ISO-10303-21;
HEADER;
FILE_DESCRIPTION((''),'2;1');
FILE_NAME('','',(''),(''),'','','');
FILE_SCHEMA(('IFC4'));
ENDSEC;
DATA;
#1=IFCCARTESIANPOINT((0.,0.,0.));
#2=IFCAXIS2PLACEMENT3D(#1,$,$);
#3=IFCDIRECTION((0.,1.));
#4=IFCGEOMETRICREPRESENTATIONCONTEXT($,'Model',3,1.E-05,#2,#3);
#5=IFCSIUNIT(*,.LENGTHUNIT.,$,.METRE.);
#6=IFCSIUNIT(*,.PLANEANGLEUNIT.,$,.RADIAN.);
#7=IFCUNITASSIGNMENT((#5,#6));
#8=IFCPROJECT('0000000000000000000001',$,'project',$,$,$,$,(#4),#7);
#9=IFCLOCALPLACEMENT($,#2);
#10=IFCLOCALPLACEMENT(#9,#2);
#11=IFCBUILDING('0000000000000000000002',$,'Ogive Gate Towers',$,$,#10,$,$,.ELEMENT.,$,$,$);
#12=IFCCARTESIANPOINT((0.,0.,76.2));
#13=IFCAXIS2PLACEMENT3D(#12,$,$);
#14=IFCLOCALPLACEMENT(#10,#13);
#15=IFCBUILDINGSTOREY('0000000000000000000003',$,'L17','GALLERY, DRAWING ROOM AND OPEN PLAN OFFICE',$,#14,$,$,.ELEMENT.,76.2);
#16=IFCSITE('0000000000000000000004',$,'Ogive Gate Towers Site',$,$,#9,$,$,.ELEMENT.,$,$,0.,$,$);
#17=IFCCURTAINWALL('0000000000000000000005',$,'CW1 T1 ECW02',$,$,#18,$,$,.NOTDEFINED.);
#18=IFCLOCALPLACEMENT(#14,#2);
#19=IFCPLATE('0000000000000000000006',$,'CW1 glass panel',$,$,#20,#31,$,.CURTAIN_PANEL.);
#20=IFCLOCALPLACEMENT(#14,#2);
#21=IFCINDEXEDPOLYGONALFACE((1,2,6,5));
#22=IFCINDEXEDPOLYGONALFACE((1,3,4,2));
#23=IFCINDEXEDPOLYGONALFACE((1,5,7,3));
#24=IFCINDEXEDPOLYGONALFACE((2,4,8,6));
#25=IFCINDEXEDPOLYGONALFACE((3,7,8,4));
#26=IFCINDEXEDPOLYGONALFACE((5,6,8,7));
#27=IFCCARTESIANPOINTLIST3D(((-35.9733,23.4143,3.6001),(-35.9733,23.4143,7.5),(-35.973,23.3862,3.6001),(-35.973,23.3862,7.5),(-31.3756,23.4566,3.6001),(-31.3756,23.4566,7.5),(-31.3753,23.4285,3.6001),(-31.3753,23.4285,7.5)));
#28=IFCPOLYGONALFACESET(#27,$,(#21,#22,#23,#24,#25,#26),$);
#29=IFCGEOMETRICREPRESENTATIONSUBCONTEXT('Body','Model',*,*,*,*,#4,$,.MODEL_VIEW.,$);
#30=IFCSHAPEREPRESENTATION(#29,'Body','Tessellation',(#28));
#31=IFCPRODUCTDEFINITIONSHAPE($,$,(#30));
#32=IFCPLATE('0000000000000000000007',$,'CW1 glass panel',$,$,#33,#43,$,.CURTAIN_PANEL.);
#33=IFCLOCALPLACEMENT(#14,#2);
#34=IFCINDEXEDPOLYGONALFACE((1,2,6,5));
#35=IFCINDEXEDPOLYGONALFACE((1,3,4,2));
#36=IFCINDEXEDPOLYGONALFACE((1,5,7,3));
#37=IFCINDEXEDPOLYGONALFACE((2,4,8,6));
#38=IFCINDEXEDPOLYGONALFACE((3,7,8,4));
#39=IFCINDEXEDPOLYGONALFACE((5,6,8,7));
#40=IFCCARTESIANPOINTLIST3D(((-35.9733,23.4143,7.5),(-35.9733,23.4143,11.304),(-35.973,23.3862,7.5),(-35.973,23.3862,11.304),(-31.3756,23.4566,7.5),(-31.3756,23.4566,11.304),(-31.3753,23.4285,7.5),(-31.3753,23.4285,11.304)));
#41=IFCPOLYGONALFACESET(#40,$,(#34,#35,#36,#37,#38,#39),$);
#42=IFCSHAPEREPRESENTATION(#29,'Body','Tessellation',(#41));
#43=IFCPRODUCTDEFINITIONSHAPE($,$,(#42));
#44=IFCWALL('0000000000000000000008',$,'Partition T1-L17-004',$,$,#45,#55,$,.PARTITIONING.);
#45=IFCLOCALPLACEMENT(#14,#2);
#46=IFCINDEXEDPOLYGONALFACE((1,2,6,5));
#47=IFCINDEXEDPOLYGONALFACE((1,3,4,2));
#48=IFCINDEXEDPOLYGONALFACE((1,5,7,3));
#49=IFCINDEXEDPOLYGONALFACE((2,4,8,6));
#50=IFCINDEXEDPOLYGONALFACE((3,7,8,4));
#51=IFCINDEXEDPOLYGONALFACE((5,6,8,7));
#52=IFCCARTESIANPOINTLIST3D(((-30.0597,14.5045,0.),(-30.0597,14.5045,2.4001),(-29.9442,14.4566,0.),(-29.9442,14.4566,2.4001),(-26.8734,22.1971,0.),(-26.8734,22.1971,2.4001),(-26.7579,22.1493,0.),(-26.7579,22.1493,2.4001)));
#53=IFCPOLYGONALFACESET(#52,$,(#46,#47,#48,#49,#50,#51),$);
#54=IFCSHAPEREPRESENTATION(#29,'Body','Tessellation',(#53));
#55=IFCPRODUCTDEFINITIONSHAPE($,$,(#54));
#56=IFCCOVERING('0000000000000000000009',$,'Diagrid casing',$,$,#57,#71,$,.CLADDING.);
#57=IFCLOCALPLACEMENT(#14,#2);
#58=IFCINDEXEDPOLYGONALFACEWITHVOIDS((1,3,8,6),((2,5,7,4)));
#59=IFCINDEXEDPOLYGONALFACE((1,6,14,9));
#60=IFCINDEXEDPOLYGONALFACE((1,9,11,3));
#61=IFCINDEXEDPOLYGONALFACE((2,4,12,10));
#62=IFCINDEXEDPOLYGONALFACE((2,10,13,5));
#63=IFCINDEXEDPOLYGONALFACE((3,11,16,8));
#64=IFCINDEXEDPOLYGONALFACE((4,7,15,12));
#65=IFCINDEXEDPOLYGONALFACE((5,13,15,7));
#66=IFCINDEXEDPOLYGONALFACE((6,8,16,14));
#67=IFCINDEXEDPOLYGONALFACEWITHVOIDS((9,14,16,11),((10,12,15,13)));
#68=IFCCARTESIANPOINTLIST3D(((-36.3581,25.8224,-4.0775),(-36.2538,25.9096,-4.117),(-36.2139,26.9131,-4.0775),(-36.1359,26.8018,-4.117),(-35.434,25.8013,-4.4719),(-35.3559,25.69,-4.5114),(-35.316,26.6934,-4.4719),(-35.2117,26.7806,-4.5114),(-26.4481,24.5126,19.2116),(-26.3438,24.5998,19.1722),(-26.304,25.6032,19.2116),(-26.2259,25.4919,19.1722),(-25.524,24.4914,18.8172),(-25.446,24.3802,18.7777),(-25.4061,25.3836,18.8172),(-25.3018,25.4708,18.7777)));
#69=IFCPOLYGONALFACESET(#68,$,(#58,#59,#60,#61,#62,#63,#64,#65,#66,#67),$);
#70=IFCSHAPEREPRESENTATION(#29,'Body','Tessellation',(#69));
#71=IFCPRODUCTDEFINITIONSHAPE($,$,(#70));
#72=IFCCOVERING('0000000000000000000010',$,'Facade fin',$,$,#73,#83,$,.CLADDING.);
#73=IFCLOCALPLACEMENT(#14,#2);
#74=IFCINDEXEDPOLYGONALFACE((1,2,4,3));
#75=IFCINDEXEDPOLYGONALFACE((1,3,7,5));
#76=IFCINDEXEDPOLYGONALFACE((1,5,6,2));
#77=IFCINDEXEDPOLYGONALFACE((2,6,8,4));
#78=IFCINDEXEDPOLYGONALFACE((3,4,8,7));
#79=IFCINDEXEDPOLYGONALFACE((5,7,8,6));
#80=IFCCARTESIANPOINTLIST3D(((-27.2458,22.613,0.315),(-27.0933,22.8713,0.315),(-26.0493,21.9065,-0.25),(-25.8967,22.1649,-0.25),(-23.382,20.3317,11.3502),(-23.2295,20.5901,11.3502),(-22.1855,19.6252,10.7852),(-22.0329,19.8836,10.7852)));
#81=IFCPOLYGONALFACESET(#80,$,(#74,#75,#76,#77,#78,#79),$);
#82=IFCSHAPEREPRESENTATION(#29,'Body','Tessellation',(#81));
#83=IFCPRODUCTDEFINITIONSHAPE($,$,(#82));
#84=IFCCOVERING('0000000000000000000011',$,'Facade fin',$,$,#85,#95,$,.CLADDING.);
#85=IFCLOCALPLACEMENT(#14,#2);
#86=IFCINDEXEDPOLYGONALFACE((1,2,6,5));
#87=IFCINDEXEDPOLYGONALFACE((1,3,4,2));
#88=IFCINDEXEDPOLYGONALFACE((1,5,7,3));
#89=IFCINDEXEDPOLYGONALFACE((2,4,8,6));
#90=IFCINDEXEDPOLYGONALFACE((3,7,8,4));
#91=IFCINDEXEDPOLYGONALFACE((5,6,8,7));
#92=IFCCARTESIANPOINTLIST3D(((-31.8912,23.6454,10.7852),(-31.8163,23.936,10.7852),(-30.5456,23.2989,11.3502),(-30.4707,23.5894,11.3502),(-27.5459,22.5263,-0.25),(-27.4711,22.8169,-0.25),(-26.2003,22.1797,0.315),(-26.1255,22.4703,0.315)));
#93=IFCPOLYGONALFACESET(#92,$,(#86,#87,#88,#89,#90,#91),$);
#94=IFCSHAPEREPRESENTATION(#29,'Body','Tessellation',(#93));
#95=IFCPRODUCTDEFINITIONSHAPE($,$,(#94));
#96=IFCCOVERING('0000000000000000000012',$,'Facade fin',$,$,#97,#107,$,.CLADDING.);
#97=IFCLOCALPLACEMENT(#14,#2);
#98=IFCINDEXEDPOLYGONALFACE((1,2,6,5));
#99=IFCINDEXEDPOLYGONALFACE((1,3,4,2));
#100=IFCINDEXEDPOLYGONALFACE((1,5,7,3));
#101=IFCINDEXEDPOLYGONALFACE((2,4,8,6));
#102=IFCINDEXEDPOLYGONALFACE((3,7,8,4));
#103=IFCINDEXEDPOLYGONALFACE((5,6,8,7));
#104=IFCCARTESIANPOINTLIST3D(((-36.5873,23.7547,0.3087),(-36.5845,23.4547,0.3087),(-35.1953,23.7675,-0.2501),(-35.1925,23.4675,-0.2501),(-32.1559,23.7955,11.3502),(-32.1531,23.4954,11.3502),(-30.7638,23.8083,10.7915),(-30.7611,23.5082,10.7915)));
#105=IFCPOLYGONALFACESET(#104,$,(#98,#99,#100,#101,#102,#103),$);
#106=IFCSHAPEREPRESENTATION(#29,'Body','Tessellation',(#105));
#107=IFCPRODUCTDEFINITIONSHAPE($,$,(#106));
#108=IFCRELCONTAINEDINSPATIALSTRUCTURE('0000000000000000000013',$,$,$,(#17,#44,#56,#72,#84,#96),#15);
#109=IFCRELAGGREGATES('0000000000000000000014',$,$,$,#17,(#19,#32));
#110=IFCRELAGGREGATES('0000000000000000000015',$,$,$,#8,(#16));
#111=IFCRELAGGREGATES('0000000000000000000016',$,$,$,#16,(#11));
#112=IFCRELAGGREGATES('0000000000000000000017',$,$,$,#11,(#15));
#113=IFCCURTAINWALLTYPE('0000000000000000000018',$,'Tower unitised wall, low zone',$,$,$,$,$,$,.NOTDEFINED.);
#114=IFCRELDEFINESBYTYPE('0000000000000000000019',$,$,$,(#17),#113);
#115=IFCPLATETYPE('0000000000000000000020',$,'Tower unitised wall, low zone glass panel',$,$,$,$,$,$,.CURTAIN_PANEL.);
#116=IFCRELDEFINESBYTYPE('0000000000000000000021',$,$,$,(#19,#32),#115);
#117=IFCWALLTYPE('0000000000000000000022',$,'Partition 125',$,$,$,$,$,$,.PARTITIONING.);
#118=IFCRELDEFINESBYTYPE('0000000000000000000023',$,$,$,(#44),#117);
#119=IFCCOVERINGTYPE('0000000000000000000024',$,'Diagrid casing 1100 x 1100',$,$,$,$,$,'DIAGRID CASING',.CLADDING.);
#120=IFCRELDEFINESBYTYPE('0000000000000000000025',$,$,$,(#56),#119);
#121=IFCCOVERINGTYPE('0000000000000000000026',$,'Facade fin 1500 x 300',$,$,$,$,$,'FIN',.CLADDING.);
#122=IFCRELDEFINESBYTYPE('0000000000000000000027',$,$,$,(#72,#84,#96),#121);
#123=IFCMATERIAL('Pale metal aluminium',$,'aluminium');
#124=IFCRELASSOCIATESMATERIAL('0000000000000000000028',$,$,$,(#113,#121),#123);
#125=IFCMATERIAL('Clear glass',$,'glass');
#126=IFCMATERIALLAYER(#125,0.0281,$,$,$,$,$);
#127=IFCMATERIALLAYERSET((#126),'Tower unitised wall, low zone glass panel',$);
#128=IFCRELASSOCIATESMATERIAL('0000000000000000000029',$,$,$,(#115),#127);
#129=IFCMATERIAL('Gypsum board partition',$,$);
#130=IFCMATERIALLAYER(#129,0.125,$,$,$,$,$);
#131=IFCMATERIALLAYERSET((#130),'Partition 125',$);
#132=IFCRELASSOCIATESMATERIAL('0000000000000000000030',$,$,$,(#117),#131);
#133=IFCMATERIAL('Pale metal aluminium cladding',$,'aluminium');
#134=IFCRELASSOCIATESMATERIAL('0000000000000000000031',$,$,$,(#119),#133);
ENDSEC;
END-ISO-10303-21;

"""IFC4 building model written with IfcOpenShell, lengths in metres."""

from ifc_helpers import new_model, si_unit, direction, frame, frame_2d, origin, origin_2d, place, context, subcontext, project, spatial, rectangle, hollow_rectangle, extrude, material, layer, layer_set, material_profile, profile_set, type_object, element, aggregate, save


model = new_model("IFC4")

# Units and contexts
model_context = context("Model", 3, precision=1e-05, world=origin(), true_north=direction((0.0, 1.0)))
body_context = subcontext(model_context, "Body", "Model", "MODEL_VIEW")
ifc_project = project(units=[si_unit("LENGTHUNIT", "METRE"), si_unit("PLANEANGLEUNIT", "RADIAN")], contexts=[model_context])

# Site, building, storey
site_placement = place(None, origin())
site = spatial("IfcSite", under=ifc_project, at=site_placement, Name="Ogive Gate Towers Site", CompositionType="ELEMENT", RefElevation=0.0)
building_placement = place(site_placement, origin())
building = spatial("IfcBuilding", under=site, at=building_placement, Name="Ogive Gate Towers", CompositionType="ELEMENT")
storey_placement = place(building_placement, frame((0.0, 0.0, 76.2)))
storey = spatial("IfcBuildingStorey", under=building, at=storey_placement, Name="L17", Description="GALLERY, DRAWING ROOM AND OPEN PLAN OFFICE", CompositionType="ELEMENT", Elevation=76.2)

# Curtain wall, plates
ifc_material_1 = material(Name="Pale metal aluminium", Category="aluminium")
curtain_wall_type = type_object("IfcCurtainWallType", Name="Tower unitised wall, low zone", PredefinedType="NOTDEFINED", material=ifc_material_1)
curtain_wall_placement = place(storey_placement, origin())
curtain_wall = element("IfcCurtainWall", 1, at=curtain_wall_placement, inside=storey, type_object=curtain_wall_type, Name="CW1 T1 ECW02", PredefinedType="NOTDEFINED")
ifc_material_2 = material(Name="Clear glass", Category="glass")
ifc_layer_1 = layer(ifc_material_2, 0.0281)
ifc_layer_set_1 = layer_set([ifc_layer_1], Name="Tower unitised wall, low zone glass panel")
plate_type = type_object("IfcPlateType", Name="Tower unitised wall, low zone glass panel", PredefinedType="CURTAIN_PANEL", material=ifc_layer_set_1)
plate_1_placement = place(storey_placement, frame((-33.6743, 23.4214, 3.6001), z_axis=(0.0, 0.0, 1.0), x_axis=(-0.999958, -0.009198, 0.0)))
plate_1 = element("IfcPlate", 2, at=plate_1_placement, type_object=plate_type, Name="CW1 glass panel", PredefinedType="CURTAIN_PANEL", context=body_context, shape_type="SweptSolid", body=[
    extrude(rectangle(XDim=4.5979, YDim=0.0281, at=origin_2d()), origin(), (0.0, 0.0, 1.0), 3.8999),
])
plate_2_placement = place(storey_placement, frame((-33.6743, 23.4214, 7.5), z_axis=(0.0, 0.0, 1.0), x_axis=(-0.999958, -0.009198, 0.0)))
plate_2 = element("IfcPlate", 3, at=plate_2_placement, type_object=plate_type, Name="CW1 glass panel", PredefinedType="CURTAIN_PANEL", context=body_context, shape_type="SweptSolid", body=[
    extrude(rectangle(XDim=4.5979, YDim=0.0281, at=origin_2d()), origin(), (0.0, 0.0, 1.0), 3.804),
])
aggregate(curtain_wall, [plate_1, plate_2])

# Wall
ifc_material_3 = material(Name="Gypsum board partition")
ifc_layer_2 = layer(ifc_material_3, 0.125)
ifc_layer_set_2 = layer_set([ifc_layer_2], Name="Partition 125")
wall_type = type_object("IfcWallType", Name="Partition 125", PredefinedType="PARTITIONING", material=ifc_layer_set_2)
wall_placement = place(storey_placement, frame((-26.8157, 22.1731, 0.0), z_axis=(0.0, 0.0, 1.0), x_axis=(-0.382672, -0.923884, 0.0)))
element("IfcWall", 4, at=wall_placement, inside=storey, type_object=wall_type, Name="Partition T1-L17-004", PredefinedType="PARTITIONING", context=body_context, shape_type="SweptSolid", body=[
    extrude(rectangle(XDim=8.3264, YDim=0.125, at=frame_2d((4.1631, 0.0))), origin(), (0.0, 0.0, 1.0), 2.4001),
])

# Coverings
ifc_material_4 = material(Name="Pale metal aluminium cladding", Category="aluminium")
ifc_material_profile_1 = material_profile(ifc_material_4, hollow_rectangle(XDim=1.1001, YDim=1.1001, WallThickness=0.1001, at=origin_2d()), Name="1100 x 1100 pale metal casing")
ifc_profile_set_1 = profile_set([ifc_material_profile_1], Name="Pale metal aluminium cladding")
covering_type_1 = type_object("IfcCoveringType", Name="Diagrid casing 1100 x 1100", ElementType="DIAGRID CASING", PredefinedType="CLADDING", material=ifc_profile_set_1)
covering_1_placement = place(storey_placement, frame((-35.7849, 26.3015, -4.2944), z_axis=(0.391021, -0.051682, 0.91893), x_axis=(0.131033, 0.991378, 0.0)))
element("IfcCovering", 5, at=covering_1_placement, inside=storey, type_object=covering_type_1, Name="Diagrid casing", PredefinedType="CLADDING", context=body_context, shape_type="SweptSolid", body=[
    extrude(hollow_rectangle(XDim=1.1001, YDim=1.1001, WallThickness=0.1001, at=origin_2d()), origin(), (0.0, 0.0, 1.0), 25.3438),
])
ifc_material_profile_2 = material_profile(ifc_material_1, rectangle(XDim=0.3, YDim=1.5, at=origin_2d()), Name="1500 x 300 pale metal aluminium")
ifc_profile_set_2 = profile_set([ifc_material_profile_2], Name="Pale metal aluminium")
covering_type_2 = type_object("IfcCoveringType", Name="Facade fin 1500 x 300", ElementType="FIN", PredefinedType="CLADDING", material=ifc_profile_set_2)
for number, where, z_axis, x_axis, name in (
    (6, (-26.5713, 22.3889, 0.0325), (0.324346, -0.191501, 0.926352), (0.508418, 0.861111, 0.0), "Facade fin"),
    (7, (-26.8357, 22.4983, 0.0325), (-0.36476, 0.093947, 0.92635), (-0.249417, -0.968396, 0.0), "Facade fin"),
):
    element("IfcCovering", number, at=place(storey_placement, frame(where, z_axis=z_axis, x_axis=x_axis)), inside=storey, type_object=covering_type_2, Name=name, PredefinedType="CLADDING", context=body_context, shape_type="SweptSolid", body=[
        extrude(rectangle(XDim=0.3, YDim=1.5, at=origin_2d()), origin(), (0.0, 0.0, 1.0), 11.9126),
    ])
covering_2_placement = place(storey_placement, frame((-35.8899, 23.6111, 0.0293), z_axis=(0.37246, 0.003427, 0.928042), x_axis=(-0.0092, 0.999958, 0.0)))
element("IfcCovering", 8, at=covering_2_placement, inside=storey, type_object=covering_type_2, Name="Facade fin", PredefinedType="CLADDING", context=body_context, shape_type="SweptSolid", body=[
    extrude(rectangle(XDim=0.3, YDim=1.5, at=origin_2d()), origin(), (0.0, 0.0, 1.0), 11.8977),
])

save(model, "model.ifc")
